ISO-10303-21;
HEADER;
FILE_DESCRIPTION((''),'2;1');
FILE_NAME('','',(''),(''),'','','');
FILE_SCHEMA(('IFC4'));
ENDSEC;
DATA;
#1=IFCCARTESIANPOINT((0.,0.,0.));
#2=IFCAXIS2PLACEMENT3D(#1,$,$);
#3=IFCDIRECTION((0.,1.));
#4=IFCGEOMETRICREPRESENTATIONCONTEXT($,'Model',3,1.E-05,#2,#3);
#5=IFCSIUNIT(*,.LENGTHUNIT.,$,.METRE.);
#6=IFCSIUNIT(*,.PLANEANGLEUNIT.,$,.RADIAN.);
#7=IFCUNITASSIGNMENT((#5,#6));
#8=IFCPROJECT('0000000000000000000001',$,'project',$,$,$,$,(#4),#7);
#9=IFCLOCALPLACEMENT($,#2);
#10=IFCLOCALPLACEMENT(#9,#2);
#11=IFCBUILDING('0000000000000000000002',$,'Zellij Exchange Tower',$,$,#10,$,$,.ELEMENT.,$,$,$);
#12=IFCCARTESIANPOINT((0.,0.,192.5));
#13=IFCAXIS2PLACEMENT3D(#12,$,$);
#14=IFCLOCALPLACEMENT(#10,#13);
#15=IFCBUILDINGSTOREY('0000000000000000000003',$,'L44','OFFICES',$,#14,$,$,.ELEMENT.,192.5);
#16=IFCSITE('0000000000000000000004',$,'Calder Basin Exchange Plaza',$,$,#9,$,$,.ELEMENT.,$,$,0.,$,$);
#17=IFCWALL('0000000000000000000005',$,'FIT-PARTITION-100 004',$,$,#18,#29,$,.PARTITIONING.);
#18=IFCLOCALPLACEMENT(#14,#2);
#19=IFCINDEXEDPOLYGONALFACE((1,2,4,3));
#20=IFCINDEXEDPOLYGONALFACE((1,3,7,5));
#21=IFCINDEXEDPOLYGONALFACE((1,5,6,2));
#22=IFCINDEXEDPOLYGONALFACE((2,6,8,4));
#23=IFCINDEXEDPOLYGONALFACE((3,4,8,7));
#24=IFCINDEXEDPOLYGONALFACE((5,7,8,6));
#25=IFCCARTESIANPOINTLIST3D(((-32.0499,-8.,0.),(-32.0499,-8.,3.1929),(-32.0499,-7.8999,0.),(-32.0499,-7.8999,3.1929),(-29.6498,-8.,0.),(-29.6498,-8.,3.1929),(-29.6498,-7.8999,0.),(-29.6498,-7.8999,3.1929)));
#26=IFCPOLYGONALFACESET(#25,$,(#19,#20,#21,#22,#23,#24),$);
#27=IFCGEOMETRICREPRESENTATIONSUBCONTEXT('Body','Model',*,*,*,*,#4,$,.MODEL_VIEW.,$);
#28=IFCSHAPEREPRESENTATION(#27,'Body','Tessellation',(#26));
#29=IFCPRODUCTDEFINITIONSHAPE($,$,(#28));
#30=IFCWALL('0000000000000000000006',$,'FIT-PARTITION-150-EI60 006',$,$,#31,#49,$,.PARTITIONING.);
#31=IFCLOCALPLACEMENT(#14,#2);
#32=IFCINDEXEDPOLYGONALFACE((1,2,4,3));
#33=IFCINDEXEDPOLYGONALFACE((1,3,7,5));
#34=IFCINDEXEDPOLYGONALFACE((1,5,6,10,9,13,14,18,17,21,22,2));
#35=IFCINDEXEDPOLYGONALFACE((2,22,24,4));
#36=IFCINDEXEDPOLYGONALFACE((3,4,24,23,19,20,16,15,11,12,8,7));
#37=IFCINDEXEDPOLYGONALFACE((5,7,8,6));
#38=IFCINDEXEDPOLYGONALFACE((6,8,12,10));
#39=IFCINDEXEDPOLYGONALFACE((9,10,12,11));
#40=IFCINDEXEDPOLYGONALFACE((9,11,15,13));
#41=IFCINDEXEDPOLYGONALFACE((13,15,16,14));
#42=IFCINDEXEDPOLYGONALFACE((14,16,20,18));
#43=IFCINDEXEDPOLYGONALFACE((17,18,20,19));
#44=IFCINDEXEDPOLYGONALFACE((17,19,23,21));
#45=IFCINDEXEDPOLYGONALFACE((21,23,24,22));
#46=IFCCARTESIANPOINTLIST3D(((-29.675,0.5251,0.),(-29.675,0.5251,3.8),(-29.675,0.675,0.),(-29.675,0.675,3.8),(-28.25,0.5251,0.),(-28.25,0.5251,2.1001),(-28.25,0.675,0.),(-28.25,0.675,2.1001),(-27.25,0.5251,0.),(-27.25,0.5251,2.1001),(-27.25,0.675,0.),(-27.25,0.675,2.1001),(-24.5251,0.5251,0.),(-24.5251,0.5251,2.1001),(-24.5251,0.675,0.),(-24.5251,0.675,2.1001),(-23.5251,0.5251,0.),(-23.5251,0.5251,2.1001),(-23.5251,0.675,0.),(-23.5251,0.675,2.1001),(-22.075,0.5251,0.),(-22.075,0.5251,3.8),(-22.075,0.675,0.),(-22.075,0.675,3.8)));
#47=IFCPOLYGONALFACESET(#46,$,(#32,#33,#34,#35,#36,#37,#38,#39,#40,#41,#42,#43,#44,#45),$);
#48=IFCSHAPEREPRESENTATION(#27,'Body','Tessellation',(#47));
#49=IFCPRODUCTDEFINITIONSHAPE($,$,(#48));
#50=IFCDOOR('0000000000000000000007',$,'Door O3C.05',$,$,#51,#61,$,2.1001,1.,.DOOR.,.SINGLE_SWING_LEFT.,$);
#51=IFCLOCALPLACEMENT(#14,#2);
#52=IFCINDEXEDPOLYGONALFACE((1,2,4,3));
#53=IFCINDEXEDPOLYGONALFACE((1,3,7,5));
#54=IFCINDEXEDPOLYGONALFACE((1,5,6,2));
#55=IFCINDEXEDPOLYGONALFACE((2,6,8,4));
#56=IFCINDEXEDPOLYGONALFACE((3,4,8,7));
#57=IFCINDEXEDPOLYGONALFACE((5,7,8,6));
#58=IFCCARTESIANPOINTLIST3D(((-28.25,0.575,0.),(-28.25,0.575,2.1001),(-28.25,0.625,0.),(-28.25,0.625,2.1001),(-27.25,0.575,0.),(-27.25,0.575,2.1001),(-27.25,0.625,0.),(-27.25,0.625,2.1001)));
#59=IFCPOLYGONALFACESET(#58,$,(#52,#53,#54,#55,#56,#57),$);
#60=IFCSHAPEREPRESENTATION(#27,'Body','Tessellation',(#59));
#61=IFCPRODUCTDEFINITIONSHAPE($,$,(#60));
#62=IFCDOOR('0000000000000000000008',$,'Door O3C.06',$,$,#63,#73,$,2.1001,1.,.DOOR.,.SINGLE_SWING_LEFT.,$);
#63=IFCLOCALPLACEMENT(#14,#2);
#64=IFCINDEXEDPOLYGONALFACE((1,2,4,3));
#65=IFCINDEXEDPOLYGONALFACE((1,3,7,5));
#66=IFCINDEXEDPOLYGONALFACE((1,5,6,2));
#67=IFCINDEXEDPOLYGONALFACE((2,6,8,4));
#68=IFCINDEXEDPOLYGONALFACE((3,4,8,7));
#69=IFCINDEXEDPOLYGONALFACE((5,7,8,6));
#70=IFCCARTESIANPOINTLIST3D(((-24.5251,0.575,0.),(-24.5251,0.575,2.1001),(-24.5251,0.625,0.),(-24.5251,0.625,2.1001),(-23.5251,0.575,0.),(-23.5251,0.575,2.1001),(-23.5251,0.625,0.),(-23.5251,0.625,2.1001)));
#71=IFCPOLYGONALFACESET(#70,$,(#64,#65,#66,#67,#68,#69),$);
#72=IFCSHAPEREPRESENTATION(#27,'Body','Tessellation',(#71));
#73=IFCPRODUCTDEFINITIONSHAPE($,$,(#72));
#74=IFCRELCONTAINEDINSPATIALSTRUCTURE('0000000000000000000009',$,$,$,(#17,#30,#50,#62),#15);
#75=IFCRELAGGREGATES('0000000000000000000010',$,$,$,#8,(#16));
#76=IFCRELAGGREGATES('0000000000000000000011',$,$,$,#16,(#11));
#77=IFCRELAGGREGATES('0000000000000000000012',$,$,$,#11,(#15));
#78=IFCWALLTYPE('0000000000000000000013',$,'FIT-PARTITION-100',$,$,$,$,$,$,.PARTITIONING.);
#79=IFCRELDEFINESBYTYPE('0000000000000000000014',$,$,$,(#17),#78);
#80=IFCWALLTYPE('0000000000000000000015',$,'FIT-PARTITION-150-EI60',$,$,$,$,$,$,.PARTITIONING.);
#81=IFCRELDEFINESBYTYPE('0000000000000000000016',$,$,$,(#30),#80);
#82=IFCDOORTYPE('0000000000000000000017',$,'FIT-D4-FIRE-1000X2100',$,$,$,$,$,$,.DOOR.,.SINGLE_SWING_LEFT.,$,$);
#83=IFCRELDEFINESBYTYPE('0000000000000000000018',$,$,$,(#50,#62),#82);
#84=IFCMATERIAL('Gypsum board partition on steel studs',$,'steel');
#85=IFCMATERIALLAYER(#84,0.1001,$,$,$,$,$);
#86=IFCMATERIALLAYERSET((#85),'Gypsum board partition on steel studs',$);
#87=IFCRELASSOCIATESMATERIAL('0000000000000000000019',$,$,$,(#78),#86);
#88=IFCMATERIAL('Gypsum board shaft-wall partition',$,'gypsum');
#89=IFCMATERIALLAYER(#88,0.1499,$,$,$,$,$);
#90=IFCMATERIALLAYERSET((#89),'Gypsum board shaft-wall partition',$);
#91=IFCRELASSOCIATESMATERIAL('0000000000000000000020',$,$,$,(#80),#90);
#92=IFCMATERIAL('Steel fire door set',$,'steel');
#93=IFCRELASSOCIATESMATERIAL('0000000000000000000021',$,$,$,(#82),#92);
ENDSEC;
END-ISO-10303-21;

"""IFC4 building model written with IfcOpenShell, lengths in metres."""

from ifc_helpers import new_model, si_unit, direction, frame, frame_2d, origin, place, context, subcontext, project, spatial, rectangle, extrude, material, layer, layer_set, type_object, element, fill, save


model = new_model("IFC4")

# Units and contexts
model_context = context("Model", 3, precision=1e-05, world=origin(), true_north=direction((0.0, 1.0)))
body_context = subcontext(model_context, "Body", "Model", "MODEL_VIEW")
ifc_project = project(units=[si_unit("LENGTHUNIT", "METRE"), si_unit("PLANEANGLEUNIT", "RADIAN")], contexts=[model_context])

# Site, building, storey
site_placement = place(None, origin())
site = spatial("IfcSite", under=ifc_project, at=site_placement, Name="Calder Basin Exchange Plaza", CompositionType="ELEMENT", RefElevation=0.0)
building_placement = place(site_placement, origin())
building = spatial("IfcBuilding", under=site, at=building_placement, Name="Zellij Exchange Tower", CompositionType="ELEMENT")
storey_placement = place(building_placement, frame((0.0, 0.0, 192.5)))
storey = spatial("IfcBuildingStorey", under=building, at=storey_placement, Name="L44", Description="OFFICES", CompositionType="ELEMENT", Elevation=192.5)

# Wall
ifc_material_1 = material(Name="Gypsum board partition on steel studs", Category="steel")
ifc_layer_1 = layer(ifc_material_1, 0.1001)
ifc_layer_set_1 = layer_set([ifc_layer_1], Name="Gypsum board partition on steel studs")
wall_type_1 = type_object("IfcWallType", Name="FIT-PARTITION-100", PredefinedType="PARTITIONING", material=ifc_layer_set_1)
wall_1_placement = place(storey_placement, frame((-32.05, -7.95, 0.0), z_axis=(0.0, 0.0, 1.0), x_axis=(1.0, 0.0, 0.0)))
element("IfcWall", 1, at=wall_1_placement, inside=storey, type_object=wall_type_1, Name="FIT-PARTITION-100 004", PredefinedType="PARTITIONING", context=body_context, shape_type="SweptSolid", body=[
    extrude(rectangle(XDim=2.4001, YDim=0.1001, at=frame_2d((1.2002, 0.0))), origin(), (0.0, 0.0, 1.0), 3.1929),
])

# Wall, openings, doors
ifc_material_2 = material(Name="Gypsum board shaft-wall partition", Category="gypsum")
ifc_layer_2 = layer(ifc_material_2, 0.1499)
ifc_layer_set_2 = layer_set([ifc_layer_2], Name="Gypsum board shaft-wall partition")
wall_type_2 = type_object("IfcWallType", Name="FIT-PARTITION-150-EI60", PredefinedType="PARTITIONING", material=ifc_layer_set_2)
wall_2_placement = place(storey_placement, frame((-29.675, 0.6001, 0.0), z_axis=(0.0, 0.0, 1.0), x_axis=(1.0, 0.0, 0.0)))
wall_2 = element("IfcWall", 2, at=wall_2_placement, inside=storey, type_object=wall_type_2, Name="FIT-PARTITION-150-EI60 006", PredefinedType="PARTITIONING", context=body_context, shape_type="SweptSolid", body=[
    extrude(rectangle(XDim=7.6001, YDim=0.1499, at=frame_2d((3.8, 0.0))), origin(), (0.0, 0.0, 1.0), 3.8),
])
opening_1_placement = place(wall_2_placement, frame((1.425, 0.0, 0.0)))
opening_1 = element("IfcOpeningElement", 3, at=opening_1_placement, cuts=wall_2, PredefinedType="OPENING", context=body_context, shape_type="SweptSolid", body=[
    extrude(rectangle(XDim=1.0, YDim=2.1001, at=frame_2d((0.5, 1.05))), frame((0.0, 0.0869, 0.0), z_axis=(0.0, -1.0, 0.0), x_axis=(1.0, 0.0, 0.0)), (0.0, 0.0, 1.0), 0.1738),
])
opening_2_placement = place(wall_2_placement, frame((5.1499, 0.0, 0.0)))
opening_2 = element("IfcOpeningElement", 4, at=opening_2_placement, cuts=wall_2, PredefinedType="OPENING", context=body_context, shape_type="SweptSolid", body=[
    extrude(rectangle(XDim=1.0, YDim=2.1001, at=frame_2d((0.5, 1.05))), frame((0.0, 0.0869, 0.0), z_axis=(0.0, -1.0, 0.0), x_axis=(1.0, 0.0, 0.0)), (0.0, 0.0, 1.0), 0.1738),
])
ifc_material_3 = material(Name="Steel fire door set", Category="steel")
door_type_1 = type_object("IfcDoorType", Name="FIT-D4-FIRE-1000X2100", OperationType="SINGLE_SWING_LEFT", PredefinedType="DOOR", material=ifc_material_3)
door_1_placement = place(opening_1_placement, origin())
door_1 = element("IfcDoor", 5, at=door_1_placement, inside=storey, type_object=door_type_1, Name="Door O3C.05", OperationType="SINGLE_SWING_LEFT", OverallHeight=2.1001, OverallWidth=1.0, PredefinedType="DOOR", context=body_context, shape_type="SweptSolid", body=[
    extrude(rectangle(XDim=1.0, YDim=2.1001, at=frame_2d((0.5, 1.05))), frame((0.0, 0.0249, 0.0), z_axis=(0.0, -1.0, 0.0), x_axis=(1.0, 0.0, 0.0)), (0.0, 0.0, 1.0), 0.05),
])
fill(opening_1, door_1)
door_2_placement = place(opening_2_placement, origin())
door_2 = element("IfcDoor", 6, at=door_2_placement, inside=storey, type_object=door_type_1, Name="Door O3C.06", OperationType="SINGLE_SWING_LEFT", OverallHeight=2.1001, OverallWidth=1.0, PredefinedType="DOOR", context=body_context, shape_type="SweptSolid", body=[
    extrude(rectangle(XDim=1.0, YDim=2.1001, at=frame_2d((0.5, 1.05))), frame((0.0, 0.0249, 0.0), z_axis=(0.0, -1.0, 0.0), x_axis=(1.0, 0.0, 0.0)), (0.0, 0.0, 1.0), 0.05),
])
fill(opening_2, door_2)

save(model, "model.ifc")
